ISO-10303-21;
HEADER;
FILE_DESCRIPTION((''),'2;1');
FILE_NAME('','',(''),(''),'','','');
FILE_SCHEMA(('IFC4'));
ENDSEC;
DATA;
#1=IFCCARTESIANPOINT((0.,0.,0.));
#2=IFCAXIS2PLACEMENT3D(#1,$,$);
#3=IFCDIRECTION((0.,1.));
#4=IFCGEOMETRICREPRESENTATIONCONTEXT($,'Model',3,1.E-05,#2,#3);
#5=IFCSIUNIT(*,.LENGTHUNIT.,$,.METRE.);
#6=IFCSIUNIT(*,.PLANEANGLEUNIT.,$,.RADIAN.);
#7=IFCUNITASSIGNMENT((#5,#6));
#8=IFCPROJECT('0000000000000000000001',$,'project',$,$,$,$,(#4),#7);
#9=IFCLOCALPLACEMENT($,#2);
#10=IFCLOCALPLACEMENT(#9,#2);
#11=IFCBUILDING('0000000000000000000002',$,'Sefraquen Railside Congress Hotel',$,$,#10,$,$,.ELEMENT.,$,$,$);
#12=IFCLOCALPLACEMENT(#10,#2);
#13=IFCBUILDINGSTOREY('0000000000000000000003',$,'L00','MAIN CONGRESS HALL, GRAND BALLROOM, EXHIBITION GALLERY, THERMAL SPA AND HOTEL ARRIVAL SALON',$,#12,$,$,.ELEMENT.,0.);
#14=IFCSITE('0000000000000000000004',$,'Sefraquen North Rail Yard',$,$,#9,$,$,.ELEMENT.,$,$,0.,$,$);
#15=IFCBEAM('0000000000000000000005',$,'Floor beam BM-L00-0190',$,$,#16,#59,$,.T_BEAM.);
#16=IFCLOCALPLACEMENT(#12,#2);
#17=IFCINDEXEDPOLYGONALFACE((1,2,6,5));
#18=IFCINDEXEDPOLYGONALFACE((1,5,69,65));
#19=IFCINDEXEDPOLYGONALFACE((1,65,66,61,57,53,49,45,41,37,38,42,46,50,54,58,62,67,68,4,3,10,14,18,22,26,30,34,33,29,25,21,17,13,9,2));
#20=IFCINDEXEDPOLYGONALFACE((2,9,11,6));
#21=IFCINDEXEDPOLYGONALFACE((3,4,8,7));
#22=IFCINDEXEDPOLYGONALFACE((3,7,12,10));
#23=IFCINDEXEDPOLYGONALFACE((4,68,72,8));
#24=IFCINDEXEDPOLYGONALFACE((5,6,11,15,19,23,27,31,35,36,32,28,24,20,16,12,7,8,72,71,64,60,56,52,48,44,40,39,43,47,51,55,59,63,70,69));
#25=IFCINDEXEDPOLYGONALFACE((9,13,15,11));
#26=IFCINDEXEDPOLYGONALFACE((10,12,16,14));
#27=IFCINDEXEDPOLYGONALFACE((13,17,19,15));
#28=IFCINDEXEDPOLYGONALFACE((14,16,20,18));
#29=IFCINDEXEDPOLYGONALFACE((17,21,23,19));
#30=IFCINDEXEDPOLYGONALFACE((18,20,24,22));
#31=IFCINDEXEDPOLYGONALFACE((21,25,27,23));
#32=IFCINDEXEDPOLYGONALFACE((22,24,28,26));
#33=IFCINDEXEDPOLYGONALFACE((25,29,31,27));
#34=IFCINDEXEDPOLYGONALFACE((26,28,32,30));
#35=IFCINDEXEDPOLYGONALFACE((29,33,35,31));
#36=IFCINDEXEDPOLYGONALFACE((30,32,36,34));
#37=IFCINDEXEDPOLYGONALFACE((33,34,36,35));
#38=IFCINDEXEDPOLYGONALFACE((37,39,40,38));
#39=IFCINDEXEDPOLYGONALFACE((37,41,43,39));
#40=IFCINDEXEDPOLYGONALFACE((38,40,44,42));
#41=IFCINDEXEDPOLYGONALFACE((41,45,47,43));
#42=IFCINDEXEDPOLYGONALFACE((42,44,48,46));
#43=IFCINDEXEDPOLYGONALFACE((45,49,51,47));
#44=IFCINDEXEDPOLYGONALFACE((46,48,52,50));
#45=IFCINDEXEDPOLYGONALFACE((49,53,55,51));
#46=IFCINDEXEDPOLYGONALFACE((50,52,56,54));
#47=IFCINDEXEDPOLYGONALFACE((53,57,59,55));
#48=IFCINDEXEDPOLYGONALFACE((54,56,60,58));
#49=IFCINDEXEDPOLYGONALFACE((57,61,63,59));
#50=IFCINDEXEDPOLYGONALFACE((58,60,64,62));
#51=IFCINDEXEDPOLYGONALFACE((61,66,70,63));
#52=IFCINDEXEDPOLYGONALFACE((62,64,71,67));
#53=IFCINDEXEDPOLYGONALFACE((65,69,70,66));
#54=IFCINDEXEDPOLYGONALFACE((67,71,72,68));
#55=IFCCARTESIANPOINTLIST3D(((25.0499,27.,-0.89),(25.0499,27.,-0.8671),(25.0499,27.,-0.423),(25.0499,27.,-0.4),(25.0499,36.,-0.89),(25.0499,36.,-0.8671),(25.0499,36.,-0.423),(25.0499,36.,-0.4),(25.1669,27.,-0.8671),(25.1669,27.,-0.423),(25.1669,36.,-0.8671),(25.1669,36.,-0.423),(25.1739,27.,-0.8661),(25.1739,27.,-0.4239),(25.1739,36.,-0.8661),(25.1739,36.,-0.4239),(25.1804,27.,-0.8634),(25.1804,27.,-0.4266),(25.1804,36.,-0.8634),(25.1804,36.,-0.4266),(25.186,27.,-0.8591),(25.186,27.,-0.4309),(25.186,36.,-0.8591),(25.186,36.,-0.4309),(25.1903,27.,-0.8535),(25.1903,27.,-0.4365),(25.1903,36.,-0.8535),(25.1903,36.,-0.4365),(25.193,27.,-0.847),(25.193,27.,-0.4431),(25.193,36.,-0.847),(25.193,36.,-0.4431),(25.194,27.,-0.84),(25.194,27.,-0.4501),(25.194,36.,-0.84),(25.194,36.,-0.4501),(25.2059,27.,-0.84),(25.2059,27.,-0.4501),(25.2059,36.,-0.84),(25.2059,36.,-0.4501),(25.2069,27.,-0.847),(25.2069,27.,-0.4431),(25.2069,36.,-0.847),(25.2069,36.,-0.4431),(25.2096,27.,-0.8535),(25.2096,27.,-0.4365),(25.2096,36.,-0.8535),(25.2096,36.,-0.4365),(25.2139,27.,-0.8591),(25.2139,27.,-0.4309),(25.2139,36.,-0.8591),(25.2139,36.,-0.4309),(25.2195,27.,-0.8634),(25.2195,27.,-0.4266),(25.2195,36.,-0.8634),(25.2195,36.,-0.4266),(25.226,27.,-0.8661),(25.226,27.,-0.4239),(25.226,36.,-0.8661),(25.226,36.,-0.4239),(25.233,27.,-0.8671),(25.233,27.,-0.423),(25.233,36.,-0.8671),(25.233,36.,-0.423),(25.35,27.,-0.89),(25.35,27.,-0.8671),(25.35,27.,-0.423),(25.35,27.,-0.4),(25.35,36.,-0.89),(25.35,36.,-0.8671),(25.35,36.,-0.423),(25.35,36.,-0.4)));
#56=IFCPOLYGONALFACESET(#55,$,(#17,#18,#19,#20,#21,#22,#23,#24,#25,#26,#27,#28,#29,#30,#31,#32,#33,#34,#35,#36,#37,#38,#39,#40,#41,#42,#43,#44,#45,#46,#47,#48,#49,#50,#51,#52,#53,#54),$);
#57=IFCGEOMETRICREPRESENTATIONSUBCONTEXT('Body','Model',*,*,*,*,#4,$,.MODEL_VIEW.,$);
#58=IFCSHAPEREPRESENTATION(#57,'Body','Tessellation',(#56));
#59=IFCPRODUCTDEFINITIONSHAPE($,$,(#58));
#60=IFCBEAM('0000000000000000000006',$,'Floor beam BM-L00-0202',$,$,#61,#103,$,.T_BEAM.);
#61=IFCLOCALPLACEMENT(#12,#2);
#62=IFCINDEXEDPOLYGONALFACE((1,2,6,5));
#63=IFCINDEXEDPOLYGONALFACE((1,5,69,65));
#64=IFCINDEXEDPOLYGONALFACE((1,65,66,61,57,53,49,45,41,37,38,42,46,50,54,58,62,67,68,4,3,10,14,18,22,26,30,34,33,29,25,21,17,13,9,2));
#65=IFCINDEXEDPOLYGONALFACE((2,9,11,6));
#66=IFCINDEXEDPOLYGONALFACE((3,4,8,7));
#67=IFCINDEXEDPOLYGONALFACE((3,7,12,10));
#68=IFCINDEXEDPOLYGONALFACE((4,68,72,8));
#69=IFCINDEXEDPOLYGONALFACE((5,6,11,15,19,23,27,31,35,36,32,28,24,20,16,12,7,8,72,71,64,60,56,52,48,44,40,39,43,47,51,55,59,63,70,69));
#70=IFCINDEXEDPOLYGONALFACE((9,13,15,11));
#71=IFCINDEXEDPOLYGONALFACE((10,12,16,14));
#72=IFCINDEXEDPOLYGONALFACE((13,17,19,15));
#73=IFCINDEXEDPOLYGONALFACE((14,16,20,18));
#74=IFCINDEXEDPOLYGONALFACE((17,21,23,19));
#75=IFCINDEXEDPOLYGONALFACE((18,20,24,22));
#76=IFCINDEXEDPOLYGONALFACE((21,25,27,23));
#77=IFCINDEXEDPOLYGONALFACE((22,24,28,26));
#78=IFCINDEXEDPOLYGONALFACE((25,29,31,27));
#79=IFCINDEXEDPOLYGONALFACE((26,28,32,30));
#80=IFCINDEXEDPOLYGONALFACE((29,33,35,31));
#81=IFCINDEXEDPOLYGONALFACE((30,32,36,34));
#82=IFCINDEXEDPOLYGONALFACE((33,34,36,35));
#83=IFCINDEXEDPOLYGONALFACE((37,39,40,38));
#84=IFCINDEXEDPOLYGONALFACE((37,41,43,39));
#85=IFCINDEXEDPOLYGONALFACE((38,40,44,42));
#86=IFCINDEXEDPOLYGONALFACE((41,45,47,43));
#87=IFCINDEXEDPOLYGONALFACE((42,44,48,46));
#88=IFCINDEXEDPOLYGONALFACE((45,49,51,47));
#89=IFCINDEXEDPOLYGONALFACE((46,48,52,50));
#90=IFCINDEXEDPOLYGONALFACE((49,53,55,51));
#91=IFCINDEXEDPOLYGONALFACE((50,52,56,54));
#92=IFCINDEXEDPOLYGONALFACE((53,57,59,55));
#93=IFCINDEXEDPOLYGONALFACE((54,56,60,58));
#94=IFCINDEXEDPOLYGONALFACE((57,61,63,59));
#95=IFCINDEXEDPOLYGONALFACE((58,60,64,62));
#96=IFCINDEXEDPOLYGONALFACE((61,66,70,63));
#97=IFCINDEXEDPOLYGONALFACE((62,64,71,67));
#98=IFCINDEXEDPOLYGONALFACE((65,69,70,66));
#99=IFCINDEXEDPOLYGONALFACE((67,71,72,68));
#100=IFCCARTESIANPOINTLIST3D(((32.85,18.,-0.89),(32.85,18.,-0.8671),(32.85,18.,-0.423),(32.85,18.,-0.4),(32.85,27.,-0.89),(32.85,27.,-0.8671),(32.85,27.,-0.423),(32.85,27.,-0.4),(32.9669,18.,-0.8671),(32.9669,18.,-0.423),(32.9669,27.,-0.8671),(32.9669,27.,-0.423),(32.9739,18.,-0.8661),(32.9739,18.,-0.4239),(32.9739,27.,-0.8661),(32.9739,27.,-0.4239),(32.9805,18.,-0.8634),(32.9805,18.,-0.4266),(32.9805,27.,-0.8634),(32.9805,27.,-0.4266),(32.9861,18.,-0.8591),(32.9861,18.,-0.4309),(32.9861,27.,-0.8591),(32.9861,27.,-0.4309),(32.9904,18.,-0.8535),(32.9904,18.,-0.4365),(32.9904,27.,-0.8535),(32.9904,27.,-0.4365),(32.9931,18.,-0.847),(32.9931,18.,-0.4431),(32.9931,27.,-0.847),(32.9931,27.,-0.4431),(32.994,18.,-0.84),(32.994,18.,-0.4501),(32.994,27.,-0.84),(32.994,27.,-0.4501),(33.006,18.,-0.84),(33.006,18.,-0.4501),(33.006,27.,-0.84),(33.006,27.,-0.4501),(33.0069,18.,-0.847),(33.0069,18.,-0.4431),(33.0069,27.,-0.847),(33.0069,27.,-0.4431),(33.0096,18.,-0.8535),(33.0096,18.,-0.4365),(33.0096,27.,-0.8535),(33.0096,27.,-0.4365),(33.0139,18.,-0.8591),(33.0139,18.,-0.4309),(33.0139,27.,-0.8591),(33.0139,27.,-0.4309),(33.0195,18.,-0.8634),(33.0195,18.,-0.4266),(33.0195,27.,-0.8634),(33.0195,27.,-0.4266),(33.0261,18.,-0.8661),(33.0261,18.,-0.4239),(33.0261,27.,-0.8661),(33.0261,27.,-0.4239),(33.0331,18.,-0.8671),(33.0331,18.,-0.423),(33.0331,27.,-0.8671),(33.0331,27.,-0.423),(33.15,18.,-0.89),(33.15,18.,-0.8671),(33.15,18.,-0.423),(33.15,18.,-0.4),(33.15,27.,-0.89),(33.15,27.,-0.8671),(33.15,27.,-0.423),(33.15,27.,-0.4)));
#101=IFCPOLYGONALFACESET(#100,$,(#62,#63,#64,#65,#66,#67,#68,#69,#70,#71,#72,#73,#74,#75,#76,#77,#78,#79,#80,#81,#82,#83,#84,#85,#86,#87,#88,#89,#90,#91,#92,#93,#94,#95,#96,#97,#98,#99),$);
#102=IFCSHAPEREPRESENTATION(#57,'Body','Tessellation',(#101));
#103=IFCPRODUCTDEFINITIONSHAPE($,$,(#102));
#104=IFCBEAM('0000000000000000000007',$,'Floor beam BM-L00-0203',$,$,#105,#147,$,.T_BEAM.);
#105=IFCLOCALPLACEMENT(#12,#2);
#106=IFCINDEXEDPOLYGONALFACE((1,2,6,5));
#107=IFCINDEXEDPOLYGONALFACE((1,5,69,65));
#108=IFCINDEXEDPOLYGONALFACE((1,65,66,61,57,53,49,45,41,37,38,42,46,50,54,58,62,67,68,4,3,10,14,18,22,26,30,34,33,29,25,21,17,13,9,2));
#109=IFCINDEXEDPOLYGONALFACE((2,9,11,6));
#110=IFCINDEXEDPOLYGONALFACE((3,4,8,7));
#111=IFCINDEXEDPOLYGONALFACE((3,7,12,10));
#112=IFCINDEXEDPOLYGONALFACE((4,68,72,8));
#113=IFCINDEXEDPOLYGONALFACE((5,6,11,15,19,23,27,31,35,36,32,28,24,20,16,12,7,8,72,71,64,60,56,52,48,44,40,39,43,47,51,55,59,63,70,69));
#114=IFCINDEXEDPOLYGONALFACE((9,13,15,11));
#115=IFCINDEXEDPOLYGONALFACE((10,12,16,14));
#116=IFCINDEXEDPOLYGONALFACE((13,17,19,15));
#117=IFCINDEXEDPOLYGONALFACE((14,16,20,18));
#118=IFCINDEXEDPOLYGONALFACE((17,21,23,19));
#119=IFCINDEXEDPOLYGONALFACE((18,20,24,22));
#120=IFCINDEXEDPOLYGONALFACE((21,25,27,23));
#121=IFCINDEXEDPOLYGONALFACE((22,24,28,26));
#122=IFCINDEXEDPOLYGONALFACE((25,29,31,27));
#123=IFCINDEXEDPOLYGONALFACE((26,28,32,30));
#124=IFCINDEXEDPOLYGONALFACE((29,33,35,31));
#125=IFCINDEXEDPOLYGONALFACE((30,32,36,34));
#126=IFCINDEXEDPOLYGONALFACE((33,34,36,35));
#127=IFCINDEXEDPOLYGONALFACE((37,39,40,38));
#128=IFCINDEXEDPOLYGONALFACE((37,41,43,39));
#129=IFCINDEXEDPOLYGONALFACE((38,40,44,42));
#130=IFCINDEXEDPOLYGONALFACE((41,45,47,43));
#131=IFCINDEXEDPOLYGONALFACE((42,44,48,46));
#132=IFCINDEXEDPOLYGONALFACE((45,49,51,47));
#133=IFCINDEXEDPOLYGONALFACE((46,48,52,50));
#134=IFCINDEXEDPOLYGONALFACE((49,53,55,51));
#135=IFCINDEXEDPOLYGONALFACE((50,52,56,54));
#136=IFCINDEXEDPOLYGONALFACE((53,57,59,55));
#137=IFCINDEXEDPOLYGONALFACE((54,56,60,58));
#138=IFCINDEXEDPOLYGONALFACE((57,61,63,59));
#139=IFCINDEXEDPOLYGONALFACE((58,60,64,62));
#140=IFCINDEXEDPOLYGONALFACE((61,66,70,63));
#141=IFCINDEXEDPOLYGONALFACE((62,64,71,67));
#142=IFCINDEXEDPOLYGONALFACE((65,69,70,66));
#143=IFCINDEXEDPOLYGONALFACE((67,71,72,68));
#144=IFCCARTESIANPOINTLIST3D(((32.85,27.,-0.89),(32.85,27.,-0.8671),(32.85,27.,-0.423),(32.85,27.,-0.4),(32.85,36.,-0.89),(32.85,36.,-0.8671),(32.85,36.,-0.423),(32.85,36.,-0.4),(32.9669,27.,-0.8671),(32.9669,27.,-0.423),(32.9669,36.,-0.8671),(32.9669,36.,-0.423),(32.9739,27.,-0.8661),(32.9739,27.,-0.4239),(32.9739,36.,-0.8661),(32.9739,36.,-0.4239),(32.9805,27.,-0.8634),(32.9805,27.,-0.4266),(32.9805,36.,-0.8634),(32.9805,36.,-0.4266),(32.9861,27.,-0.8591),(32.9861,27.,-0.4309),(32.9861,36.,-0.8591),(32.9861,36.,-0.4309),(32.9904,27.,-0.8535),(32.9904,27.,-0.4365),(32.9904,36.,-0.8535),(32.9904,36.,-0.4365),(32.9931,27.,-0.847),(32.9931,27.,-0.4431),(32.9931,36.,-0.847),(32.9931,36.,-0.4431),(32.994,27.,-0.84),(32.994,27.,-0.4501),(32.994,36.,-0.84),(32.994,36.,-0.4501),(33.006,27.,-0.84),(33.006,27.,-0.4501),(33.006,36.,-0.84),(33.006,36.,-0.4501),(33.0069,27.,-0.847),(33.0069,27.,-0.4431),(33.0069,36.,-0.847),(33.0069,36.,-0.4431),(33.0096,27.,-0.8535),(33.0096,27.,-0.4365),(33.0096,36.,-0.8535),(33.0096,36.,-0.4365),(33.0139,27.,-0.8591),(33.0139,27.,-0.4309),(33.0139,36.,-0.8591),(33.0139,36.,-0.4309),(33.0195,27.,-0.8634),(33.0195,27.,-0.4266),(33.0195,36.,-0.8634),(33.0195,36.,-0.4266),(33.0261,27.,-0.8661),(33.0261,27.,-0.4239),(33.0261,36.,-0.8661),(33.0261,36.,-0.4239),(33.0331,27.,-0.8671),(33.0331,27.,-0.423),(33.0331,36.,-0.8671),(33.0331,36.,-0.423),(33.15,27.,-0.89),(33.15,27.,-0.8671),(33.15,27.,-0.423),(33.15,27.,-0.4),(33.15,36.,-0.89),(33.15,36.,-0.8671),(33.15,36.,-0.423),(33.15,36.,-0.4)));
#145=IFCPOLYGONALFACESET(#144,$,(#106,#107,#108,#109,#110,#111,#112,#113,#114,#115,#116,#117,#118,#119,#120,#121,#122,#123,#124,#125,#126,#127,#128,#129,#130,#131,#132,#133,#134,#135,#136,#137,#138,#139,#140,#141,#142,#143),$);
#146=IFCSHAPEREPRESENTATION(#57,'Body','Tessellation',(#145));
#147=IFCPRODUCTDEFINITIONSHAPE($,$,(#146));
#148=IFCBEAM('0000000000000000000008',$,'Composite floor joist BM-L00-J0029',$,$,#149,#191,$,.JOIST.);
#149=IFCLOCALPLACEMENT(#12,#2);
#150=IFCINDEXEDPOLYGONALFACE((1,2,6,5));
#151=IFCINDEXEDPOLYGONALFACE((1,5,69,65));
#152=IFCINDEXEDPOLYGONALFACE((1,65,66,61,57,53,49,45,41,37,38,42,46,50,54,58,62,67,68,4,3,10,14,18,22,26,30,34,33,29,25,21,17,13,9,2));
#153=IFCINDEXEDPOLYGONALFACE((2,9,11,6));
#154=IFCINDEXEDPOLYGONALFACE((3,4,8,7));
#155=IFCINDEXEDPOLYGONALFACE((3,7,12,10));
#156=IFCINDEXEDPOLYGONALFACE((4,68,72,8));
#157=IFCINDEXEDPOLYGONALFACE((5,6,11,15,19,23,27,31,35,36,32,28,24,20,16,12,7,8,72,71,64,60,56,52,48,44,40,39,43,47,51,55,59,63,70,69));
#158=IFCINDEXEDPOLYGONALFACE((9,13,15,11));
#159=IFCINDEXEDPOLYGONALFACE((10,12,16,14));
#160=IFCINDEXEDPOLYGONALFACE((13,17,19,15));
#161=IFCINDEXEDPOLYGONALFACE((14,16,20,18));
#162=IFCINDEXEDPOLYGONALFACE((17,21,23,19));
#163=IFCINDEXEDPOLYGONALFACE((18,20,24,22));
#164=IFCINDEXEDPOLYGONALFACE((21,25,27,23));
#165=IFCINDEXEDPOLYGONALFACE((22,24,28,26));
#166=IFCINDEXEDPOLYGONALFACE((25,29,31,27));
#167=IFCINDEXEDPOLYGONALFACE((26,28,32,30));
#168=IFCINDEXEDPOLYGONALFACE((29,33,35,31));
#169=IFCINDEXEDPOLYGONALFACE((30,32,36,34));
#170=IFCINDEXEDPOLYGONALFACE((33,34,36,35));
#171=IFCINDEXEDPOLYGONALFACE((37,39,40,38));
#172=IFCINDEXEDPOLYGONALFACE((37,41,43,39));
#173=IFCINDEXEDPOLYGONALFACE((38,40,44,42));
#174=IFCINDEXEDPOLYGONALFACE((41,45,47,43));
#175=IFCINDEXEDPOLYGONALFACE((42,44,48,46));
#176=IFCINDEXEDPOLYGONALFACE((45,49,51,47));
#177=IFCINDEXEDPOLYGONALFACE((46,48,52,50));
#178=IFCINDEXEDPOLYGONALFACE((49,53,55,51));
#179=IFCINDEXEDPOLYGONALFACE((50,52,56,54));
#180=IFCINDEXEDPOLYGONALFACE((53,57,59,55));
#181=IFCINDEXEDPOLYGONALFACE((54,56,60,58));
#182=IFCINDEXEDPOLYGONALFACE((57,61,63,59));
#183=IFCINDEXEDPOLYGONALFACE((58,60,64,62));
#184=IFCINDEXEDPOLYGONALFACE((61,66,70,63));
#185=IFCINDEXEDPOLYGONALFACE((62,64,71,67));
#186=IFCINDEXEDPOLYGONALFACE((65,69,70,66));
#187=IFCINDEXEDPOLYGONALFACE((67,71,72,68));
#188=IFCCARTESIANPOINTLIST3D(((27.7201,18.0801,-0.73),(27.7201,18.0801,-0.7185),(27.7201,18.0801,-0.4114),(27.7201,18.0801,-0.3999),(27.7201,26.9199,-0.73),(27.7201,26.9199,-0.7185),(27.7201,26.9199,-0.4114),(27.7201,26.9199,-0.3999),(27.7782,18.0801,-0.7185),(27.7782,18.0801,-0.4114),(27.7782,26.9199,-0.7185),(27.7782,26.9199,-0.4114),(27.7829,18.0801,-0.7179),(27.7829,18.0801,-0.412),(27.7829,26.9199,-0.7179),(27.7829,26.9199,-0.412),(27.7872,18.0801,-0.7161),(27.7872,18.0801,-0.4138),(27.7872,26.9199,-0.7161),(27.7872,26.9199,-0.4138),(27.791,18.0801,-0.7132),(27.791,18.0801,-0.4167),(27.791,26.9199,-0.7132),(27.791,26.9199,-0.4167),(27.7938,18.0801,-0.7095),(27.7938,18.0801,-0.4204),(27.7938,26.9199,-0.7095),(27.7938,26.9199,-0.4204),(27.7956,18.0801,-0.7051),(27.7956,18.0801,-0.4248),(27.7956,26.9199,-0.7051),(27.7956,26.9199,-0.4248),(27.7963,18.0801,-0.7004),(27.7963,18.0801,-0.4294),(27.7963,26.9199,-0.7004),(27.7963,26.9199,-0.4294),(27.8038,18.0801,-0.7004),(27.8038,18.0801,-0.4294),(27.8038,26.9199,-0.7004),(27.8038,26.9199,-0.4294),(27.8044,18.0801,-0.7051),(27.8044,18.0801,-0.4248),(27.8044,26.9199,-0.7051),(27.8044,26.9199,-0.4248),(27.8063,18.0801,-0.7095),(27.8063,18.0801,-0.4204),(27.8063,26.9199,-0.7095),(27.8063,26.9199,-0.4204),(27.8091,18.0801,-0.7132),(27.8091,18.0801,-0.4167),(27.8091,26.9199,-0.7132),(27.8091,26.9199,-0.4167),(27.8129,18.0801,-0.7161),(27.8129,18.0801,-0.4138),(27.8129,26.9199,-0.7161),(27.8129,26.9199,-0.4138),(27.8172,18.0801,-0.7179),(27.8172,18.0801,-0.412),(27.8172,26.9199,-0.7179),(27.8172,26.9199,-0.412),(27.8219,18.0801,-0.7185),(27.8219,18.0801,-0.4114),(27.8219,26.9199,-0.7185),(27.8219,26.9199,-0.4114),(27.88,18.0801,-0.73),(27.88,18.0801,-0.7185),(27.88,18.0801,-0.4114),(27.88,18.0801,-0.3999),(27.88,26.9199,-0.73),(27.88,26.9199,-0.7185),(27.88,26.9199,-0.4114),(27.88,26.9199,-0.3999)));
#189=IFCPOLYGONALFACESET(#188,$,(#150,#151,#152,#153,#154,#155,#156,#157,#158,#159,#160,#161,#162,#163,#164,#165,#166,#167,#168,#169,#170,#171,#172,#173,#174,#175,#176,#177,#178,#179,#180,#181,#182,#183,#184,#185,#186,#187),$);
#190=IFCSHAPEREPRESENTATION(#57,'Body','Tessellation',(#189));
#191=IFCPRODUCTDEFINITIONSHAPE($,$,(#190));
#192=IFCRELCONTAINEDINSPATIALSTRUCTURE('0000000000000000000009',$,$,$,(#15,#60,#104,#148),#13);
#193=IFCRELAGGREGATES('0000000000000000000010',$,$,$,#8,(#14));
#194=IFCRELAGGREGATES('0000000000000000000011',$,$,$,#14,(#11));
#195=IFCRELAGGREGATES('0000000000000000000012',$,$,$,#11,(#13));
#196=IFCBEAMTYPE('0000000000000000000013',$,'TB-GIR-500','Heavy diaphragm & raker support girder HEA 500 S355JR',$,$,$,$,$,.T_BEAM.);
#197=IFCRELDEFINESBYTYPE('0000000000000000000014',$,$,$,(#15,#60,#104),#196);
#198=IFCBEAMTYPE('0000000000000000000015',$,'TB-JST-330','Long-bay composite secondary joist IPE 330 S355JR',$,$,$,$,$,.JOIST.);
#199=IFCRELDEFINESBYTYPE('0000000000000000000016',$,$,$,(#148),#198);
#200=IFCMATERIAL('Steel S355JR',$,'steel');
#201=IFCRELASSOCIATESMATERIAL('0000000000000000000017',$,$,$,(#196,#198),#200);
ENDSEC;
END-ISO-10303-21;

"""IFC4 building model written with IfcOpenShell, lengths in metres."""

from ifc_helpers import new_model, si_unit, direction, frame, origin, origin_2d, place, context, subcontext, project, spatial, i_section, extrude, material, material_profile, profile_set, type_object, element, save


model = new_model("IFC4")

# Units and contexts
model_context = context("Model", 3, precision=1e-05, world=origin(), true_north=direction((0.0, 1.0)))
body_context = subcontext(model_context, "Body", "Model", "MODEL_VIEW")
ifc_project = project(units=[si_unit("LENGTHUNIT", "METRE"), si_unit("PLANEANGLEUNIT", "RADIAN")], contexts=[model_context])

# Site, building, storey
site_placement = place(None, origin())
site = spatial("IfcSite", under=ifc_project, at=site_placement, Name="Sefraquen North Rail Yard", CompositionType="ELEMENT", RefElevation=0.0)
building_placement = place(site_placement, origin())
building = spatial("IfcBuilding", under=site, at=building_placement, Name="Sefraquen Railside Congress Hotel", CompositionType="ELEMENT")
storey_placement = place(building_placement, origin())
storey = spatial("IfcBuildingStorey", under=building, at=storey_placement, Name="L00", Description="MAIN CONGRESS HALL, GRAND BALLROOM, EXHIBITION GALLERY, THERMAL SPA AND HOTEL ARRIVAL SALON", CompositionType="ELEMENT", Elevation=0.0)

# Shared definitions
ifc_material_1 = material(Name="Steel S355JR", Category="steel")

# Beams
ifc_material_profile_1 = material_profile(ifc_material_1, i_section(OverallWidth=0.3, OverallDepth=0.49, WebThickness=0.012, FlangeThickness=0.0229, FilletRadius=0.0271, at=origin_2d()), Name="HEA 500")
ifc_profile_set_1 = profile_set([ifc_material_profile_1], Name="Steel S355JR")
beam_type_1 = type_object("IfcBeamType", Name="TB-GIR-500", Description="Heavy diaphragm & raker support girder HEA 500 S355JR", PredefinedType="T_BEAM", material=ifc_profile_set_1)
for number, where, z_axis, x_axis, name in (
    (1, (25.2, 27.0, -0.645), (0.0, 1.0, 0.0), (-1.0, 0.0, 0.0), "Floor beam BM-L00-0190"),
    (2, (33.0, 18.0, -0.645), (0.0, 1.0, 0.0), (-1.0, 0.0, 0.0), "Floor beam BM-L00-0202"),
    (3, (33.0, 27.0, -0.645), (0.0, 1.0, 0.0), (-1.0, 0.0, 0.0), "Floor beam BM-L00-0203"),
):
    element("IfcBeam", number, at=place(storey_placement, frame(where, z_axis=z_axis, x_axis=x_axis)), inside=storey, type_object=beam_type_1, Name=name, PredefinedType="T_BEAM", context=body_context, shape_type="SweptSolid", body=[
        extrude(i_section(OverallWidth=0.3, OverallDepth=0.49, WebThickness=0.012, FlangeThickness=0.0229, FilletRadius=0.0271, at=origin_2d()), origin(), (0.0, 0.0, 1.0), 9.0),
    ])
ifc_material_profile_2 = material_profile(ifc_material_1, i_section(OverallWidth=0.1599, OverallDepth=0.3301, WebThickness=0.0076, FlangeThickness=0.0115, FilletRadius=0.0181, at=origin_2d()), Name="IPE 330")
ifc_profile_set_2 = profile_set([ifc_material_profile_2], Name="Steel S355JR")
beam_type_2 = type_object("IfcBeamType", Name="TB-JST-330", Description="Long-bay composite secondary joist IPE 330 S355JR", PredefinedType="JOIST", material=ifc_profile_set_2)
for number, where, z_axis, x_axis, name in (
    (4, (27.8, 18.0801, -0.5649), (0.0, 1.0, 0.0), (-1.0, 0.0, 0.0), "Composite floor joist BM-L00-J0029"),
):
    element("IfcBeam", number, at=place(storey_placement, frame(where, z_axis=z_axis, x_axis=x_axis)), inside=storey, type_object=beam_type_2, Name=name, PredefinedType="JOIST", context=body_context, shape_type="SweptSolid", body=[
        extrude(i_section(OverallWidth=0.1599, OverallDepth=0.3301, WebThickness=0.0076, FlangeThickness=0.0115, FilletRadius=0.0181, at=origin_2d()), origin(), (0.0, 0.0, 1.0), 8.8398),
    ])

save(model, "model.ifc")
